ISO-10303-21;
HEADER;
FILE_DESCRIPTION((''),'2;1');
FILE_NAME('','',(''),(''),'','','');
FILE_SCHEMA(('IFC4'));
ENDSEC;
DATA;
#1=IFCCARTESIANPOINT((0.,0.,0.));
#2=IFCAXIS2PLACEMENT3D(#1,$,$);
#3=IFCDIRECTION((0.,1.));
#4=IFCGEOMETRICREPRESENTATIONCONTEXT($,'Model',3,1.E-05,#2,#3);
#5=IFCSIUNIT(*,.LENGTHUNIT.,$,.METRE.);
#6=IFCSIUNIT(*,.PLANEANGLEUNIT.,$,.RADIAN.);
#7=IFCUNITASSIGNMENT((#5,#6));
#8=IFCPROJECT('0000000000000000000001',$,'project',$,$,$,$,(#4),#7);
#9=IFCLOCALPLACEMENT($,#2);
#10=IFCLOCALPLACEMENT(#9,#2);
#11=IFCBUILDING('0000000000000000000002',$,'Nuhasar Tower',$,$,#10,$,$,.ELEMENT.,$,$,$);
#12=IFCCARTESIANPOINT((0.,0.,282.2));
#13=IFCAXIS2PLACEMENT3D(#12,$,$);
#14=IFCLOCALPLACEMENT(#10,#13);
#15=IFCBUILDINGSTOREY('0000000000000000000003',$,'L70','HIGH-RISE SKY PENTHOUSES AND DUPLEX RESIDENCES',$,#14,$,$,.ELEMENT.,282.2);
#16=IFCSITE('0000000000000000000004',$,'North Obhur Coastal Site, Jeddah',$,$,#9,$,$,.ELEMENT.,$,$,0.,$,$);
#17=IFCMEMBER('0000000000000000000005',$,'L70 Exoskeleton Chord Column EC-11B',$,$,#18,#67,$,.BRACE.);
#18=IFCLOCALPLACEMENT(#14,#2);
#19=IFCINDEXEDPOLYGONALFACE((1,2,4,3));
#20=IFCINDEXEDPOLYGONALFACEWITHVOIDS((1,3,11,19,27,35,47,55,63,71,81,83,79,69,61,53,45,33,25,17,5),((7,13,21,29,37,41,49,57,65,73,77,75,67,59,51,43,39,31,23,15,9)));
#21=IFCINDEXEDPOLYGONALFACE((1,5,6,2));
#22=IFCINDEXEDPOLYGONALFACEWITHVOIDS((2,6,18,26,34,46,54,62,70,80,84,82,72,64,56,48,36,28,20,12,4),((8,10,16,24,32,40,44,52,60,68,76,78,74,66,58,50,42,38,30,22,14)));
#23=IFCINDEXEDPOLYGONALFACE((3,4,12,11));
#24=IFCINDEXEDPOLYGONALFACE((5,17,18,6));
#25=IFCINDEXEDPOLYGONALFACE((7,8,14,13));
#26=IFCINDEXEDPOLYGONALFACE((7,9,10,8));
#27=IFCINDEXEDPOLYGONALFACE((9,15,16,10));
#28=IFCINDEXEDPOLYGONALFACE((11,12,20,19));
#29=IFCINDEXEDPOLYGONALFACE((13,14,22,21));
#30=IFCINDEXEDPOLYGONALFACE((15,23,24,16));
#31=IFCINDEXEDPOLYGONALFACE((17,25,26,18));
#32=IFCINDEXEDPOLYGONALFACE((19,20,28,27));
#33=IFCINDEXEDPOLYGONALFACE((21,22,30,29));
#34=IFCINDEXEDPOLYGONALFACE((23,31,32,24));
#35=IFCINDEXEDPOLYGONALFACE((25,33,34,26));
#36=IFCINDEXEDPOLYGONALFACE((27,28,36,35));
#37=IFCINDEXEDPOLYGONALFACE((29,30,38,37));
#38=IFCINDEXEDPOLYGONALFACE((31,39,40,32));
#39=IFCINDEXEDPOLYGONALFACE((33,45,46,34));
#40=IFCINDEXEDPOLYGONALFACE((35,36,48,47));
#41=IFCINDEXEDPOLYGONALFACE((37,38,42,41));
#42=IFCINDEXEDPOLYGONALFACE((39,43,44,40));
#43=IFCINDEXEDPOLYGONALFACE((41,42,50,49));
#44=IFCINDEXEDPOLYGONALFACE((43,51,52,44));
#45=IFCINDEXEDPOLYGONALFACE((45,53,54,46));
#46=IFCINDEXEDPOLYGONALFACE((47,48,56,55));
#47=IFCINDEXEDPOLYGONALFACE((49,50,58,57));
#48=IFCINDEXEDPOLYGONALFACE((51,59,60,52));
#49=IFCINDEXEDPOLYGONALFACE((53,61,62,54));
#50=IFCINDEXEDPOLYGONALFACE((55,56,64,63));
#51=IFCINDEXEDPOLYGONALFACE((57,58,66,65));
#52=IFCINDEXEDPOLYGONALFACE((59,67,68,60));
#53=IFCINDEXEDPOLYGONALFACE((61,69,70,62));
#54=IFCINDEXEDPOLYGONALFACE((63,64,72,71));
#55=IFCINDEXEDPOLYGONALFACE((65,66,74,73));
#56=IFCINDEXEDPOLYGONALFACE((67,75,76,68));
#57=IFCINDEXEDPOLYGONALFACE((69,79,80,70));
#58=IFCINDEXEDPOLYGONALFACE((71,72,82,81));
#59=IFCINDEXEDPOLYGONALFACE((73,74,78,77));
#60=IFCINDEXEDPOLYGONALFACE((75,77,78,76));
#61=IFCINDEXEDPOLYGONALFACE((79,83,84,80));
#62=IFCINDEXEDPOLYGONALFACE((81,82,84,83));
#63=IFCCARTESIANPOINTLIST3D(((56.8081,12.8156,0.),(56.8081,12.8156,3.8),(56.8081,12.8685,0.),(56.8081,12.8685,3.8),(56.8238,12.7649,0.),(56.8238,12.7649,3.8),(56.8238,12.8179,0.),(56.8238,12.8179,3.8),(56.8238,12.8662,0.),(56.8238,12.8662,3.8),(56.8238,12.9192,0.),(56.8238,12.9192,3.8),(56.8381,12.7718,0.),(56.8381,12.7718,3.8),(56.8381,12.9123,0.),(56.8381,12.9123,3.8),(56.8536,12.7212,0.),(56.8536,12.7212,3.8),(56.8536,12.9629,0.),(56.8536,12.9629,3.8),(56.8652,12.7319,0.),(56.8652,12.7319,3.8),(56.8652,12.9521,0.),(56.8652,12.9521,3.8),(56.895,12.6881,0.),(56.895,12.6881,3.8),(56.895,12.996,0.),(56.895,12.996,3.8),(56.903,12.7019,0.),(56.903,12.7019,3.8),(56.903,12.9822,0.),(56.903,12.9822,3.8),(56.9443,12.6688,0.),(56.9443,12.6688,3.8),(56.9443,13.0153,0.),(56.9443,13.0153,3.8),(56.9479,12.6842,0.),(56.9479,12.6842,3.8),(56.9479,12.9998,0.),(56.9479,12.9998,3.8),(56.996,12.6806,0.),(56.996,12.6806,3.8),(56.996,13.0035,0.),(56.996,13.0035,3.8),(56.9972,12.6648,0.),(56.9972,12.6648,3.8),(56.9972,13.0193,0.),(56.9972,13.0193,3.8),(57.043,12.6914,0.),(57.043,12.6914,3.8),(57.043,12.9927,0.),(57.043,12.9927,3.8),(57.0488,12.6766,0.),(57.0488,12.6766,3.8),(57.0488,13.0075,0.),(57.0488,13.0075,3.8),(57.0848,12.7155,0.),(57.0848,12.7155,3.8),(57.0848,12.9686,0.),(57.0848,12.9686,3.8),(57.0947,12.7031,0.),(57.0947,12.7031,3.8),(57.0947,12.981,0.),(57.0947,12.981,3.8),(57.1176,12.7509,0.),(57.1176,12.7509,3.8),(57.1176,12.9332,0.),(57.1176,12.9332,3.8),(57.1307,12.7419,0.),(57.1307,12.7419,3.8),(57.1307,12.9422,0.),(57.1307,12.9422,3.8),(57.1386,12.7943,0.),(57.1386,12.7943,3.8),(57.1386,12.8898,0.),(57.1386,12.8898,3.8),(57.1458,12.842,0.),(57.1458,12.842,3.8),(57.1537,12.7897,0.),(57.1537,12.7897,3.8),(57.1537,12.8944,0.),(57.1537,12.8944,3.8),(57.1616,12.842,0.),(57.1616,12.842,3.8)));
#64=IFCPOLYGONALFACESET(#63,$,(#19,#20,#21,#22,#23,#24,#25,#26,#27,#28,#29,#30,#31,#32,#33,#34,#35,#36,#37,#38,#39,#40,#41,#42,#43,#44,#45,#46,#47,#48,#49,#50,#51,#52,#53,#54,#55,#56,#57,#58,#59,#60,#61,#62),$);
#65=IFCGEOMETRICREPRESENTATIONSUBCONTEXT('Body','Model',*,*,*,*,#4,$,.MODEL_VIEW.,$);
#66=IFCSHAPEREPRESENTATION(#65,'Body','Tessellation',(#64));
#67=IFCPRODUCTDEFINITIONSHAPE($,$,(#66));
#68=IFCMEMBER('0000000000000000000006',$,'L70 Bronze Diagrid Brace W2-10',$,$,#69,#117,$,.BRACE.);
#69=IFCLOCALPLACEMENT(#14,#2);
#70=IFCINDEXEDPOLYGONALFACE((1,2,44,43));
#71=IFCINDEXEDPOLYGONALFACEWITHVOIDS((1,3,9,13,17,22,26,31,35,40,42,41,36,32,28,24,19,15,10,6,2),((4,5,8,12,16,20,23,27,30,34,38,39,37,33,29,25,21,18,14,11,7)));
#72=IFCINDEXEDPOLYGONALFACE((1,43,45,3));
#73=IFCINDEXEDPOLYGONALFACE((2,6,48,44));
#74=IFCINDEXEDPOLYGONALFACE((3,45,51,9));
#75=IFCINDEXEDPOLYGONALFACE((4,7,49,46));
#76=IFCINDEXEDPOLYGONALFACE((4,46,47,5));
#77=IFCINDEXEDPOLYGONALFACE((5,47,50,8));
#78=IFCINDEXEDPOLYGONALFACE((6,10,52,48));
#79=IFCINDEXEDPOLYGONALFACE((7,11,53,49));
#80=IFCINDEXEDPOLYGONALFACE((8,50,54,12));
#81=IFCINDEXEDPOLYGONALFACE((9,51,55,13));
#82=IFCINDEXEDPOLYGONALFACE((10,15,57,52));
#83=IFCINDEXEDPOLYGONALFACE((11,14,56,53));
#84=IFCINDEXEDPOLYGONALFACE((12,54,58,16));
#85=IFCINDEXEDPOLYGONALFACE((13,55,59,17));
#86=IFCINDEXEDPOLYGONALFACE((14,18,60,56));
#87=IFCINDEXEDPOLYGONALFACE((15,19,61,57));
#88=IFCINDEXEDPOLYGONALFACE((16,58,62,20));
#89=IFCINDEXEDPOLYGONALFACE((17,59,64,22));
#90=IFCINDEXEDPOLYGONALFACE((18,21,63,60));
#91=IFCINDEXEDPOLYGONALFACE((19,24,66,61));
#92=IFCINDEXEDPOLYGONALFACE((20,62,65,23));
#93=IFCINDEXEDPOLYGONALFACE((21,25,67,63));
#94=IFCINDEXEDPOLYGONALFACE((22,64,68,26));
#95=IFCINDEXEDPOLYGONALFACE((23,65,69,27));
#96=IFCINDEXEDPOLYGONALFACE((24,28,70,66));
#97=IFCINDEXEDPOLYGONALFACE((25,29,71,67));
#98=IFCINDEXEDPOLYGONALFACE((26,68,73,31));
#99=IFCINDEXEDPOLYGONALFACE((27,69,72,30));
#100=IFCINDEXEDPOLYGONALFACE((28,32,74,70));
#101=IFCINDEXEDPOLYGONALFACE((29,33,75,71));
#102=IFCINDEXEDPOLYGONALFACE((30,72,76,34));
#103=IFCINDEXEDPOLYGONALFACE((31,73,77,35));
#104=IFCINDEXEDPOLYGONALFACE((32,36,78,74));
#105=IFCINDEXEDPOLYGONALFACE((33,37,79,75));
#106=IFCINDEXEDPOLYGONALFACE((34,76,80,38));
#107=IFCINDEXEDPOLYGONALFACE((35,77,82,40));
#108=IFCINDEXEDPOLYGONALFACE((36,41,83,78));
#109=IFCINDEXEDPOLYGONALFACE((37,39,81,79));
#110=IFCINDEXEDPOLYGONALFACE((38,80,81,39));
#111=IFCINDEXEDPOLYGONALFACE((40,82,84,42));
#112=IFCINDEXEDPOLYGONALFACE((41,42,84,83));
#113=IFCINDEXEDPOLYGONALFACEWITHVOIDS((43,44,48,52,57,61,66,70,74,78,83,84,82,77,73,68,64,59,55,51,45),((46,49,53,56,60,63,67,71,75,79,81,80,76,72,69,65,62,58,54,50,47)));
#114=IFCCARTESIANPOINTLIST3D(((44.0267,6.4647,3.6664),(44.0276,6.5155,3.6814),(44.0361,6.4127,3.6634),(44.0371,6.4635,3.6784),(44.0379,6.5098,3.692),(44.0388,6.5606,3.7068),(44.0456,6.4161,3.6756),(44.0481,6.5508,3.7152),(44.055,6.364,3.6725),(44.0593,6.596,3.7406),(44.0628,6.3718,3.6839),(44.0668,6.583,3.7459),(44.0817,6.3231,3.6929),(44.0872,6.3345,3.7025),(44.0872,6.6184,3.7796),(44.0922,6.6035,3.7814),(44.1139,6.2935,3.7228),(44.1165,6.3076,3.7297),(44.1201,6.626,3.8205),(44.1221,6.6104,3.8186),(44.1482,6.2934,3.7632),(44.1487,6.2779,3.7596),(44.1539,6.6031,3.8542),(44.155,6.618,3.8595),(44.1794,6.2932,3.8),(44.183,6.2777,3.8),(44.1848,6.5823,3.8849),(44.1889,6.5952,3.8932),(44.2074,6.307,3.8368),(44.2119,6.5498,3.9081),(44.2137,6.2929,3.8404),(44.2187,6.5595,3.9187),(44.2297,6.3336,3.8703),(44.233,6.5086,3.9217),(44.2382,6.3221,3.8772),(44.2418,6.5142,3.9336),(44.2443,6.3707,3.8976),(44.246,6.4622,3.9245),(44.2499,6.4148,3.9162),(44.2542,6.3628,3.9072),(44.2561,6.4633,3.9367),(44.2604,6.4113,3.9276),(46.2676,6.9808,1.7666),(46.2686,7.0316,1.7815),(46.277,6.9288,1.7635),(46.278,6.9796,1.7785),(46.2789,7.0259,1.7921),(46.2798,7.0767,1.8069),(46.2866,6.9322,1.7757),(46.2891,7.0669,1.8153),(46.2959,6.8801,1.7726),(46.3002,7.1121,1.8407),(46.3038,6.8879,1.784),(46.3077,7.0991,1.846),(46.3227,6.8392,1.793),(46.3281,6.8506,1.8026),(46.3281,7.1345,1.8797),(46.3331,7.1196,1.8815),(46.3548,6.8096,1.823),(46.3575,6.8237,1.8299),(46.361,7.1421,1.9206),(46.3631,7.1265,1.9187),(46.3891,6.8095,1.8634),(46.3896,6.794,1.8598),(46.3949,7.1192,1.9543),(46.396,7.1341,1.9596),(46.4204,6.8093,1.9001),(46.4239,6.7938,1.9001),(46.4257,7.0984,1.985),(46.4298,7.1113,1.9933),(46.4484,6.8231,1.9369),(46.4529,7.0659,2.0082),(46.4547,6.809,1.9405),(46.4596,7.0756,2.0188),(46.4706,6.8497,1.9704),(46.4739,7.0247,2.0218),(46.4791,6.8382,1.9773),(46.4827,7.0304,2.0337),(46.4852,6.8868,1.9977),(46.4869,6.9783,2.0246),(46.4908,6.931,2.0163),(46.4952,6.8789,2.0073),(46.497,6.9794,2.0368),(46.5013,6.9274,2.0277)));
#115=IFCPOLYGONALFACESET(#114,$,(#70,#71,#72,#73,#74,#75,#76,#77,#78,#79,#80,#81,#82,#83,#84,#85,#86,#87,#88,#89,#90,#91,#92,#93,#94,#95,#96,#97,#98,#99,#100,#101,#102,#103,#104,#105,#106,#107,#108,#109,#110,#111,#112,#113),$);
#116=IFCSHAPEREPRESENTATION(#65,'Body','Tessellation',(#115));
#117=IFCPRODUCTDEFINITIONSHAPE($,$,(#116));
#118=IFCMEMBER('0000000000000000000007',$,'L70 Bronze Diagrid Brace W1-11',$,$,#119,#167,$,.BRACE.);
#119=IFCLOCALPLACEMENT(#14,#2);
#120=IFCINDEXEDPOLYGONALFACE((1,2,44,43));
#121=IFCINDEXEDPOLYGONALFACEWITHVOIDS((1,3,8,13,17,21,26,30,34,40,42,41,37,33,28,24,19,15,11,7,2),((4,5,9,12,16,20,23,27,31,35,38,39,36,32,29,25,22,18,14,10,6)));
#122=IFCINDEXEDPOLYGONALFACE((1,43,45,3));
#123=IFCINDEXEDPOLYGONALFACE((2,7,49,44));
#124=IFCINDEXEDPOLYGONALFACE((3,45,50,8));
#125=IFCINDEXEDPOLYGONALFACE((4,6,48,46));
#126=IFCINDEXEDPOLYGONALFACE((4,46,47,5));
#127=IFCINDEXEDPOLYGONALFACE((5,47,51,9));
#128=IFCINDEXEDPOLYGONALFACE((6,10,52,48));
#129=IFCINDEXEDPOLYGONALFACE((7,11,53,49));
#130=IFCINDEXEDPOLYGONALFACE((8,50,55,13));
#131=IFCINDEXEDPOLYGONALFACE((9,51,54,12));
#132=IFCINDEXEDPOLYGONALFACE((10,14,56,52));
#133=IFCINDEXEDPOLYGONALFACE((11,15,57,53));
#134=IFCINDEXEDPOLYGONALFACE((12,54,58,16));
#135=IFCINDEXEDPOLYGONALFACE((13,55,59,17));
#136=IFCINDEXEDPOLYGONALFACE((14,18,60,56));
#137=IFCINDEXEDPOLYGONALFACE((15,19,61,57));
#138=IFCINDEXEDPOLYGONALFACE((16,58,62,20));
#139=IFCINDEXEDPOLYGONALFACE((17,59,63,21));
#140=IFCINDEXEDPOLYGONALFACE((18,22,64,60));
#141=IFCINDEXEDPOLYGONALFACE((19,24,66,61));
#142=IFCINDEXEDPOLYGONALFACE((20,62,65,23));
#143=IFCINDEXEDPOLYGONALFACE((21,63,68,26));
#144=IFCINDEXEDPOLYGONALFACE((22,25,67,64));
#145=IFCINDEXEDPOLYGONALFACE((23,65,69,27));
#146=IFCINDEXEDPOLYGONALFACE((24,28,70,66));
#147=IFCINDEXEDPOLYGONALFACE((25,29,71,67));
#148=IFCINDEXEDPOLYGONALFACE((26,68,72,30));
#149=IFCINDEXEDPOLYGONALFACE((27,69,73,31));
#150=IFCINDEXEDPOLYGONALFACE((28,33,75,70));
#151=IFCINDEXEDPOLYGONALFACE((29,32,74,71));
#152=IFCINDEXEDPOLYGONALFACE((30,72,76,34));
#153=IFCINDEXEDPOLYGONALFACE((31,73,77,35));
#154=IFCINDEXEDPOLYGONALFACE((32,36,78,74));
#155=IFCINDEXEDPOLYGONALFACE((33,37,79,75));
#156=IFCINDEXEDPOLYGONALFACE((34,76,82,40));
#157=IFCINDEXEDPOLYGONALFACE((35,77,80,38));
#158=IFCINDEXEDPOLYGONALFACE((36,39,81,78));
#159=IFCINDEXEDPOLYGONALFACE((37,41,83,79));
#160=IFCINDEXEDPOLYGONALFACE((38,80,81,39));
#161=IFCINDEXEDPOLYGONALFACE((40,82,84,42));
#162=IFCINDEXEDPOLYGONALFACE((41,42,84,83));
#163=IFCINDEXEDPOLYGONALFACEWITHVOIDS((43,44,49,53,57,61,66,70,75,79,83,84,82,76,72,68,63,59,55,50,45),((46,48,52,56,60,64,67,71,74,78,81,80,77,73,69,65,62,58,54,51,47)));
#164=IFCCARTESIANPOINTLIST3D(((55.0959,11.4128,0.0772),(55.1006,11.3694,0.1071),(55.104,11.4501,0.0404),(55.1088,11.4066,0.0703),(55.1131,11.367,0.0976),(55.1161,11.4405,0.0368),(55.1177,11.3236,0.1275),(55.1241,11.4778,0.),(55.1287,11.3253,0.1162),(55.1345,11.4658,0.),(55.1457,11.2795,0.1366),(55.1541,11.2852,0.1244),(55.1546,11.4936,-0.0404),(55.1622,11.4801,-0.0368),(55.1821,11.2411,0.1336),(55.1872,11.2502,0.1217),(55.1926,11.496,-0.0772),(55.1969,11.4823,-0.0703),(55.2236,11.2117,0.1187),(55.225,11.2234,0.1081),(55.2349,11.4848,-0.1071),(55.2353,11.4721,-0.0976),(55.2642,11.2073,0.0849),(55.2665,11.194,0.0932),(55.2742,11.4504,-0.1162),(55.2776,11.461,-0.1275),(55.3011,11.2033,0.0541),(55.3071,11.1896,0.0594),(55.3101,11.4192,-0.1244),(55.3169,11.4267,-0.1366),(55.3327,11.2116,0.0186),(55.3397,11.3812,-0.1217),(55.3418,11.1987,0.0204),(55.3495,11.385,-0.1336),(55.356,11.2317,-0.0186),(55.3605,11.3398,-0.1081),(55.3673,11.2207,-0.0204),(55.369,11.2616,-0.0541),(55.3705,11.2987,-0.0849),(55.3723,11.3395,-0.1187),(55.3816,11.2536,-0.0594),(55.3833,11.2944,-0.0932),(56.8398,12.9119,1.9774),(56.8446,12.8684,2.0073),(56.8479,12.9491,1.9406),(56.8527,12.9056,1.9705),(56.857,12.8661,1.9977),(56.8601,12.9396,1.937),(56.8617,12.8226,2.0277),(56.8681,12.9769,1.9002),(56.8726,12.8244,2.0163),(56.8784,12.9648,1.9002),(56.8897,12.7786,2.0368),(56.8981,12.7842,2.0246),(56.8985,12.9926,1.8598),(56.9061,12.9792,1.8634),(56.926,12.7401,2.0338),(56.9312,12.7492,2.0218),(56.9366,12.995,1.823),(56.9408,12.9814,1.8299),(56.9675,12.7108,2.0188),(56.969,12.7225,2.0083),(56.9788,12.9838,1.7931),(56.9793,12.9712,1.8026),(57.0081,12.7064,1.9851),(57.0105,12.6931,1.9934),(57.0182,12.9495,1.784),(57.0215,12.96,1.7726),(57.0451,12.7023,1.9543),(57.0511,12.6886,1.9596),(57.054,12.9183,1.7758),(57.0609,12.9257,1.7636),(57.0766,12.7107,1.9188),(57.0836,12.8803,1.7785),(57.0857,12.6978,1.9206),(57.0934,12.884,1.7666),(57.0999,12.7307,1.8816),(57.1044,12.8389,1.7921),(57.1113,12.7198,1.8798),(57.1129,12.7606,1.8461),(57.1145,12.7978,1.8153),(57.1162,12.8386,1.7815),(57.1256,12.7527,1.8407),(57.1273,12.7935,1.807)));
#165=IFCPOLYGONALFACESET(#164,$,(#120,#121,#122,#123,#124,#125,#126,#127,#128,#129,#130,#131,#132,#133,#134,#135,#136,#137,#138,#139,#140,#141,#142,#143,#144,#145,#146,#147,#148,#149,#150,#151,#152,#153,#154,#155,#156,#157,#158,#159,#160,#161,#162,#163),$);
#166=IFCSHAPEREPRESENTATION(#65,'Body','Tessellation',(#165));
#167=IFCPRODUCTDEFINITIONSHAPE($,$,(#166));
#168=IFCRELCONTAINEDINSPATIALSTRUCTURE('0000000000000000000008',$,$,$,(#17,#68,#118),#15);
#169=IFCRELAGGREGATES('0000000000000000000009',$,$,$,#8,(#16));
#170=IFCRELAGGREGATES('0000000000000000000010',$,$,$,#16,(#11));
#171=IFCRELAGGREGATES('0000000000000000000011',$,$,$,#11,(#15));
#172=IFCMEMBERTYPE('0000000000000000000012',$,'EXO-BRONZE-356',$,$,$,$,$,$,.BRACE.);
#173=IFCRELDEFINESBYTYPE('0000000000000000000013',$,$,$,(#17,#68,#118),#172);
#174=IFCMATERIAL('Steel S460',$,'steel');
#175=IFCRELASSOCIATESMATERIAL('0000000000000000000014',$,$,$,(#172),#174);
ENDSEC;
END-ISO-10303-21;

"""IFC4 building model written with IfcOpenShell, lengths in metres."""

from ifc_helpers import new_model, si_unit, direction, frame, origin, origin_2d, place, context, subcontext, project, spatial, hollow_circle, extrude, material, material_profile, profile_set, type_object, element, save


model = new_model("IFC4")

# Units and contexts
model_context = context("Model", 3, precision=1e-05, world=origin(), true_north=direction((0.0, 1.0)))
body_context = subcontext(model_context, "Body", "Model", "MODEL_VIEW")
ifc_project = project(units=[si_unit("LENGTHUNIT", "METRE"), si_unit("PLANEANGLEUNIT", "RADIAN")], contexts=[model_context])

# Site, building, storey
site_placement = place(None, origin())
site = spatial("IfcSite", under=ifc_project, at=site_placement, Name="North Obhur Coastal Site, Jeddah", CompositionType="ELEMENT", RefElevation=0.0)
building_placement = place(site_placement, origin())
building = spatial("IfcBuilding", under=site, at=building_placement, Name="Nuhasar Tower", CompositionType="ELEMENT")
storey_placement = place(building_placement, frame((0.0, 0.0, 282.2)))
storey = spatial("IfcBuildingStorey", under=building, at=storey_placement, Name="L70", Description="HIGH-RISE SKY PENTHOUSES AND DUPLEX RESIDENCES", CompositionType="ELEMENT", Elevation=282.2)

# Members
ifc_material_1 = material(Name="Steel S460", Category="steel")
ifc_material_profile_1 = material_profile(ifc_material_1, hollow_circle(Radius=0.1777, WallThickness=0.0159, at=origin_2d()), Name="HSS355.6X15.9")
ifc_profile_set_1 = profile_set([ifc_material_profile_1], Name="Steel S460")
member_type_1 = type_object("IfcMemberType", Name="EXO-BRONZE-356", PredefinedType="BRACE", material=ifc_profile_set_1)
for number, where, z_axis, x_axis, name in (
    (1, (56.9839, 12.842, 0.0), (0.0, 0.0, 1.0), (1.0, 0.0, 0.0), "L70 Exoskeleton Chord Column EC-11B"),
):
    element("IfcMember", number, at=place(storey_placement, frame(where, z_axis=z_axis, x_axis=x_axis)), inside=storey, type_object=member_type_1, Name=name, PredefinedType="BRACE", context=body_context, shape_type="SweptSolid", body=[
        extrude(hollow_circle(Radius=0.1777, WallThickness=0.0159, at=origin_2d()), origin(), (0.0, 0.0, 1.0), 3.8),
    ])
member_1_placement = place(storey_placement, frame((46.384, 6.967, 1.9001), z_axis=(-0.751261, -0.173022, 0.636923), x_axis=(0.224433, -0.97449, 0.0)))
element("IfcMember", 2, at=member_1_placement, inside=storey, type_object=member_type_1, Name="L70 Bronze Diagrid Brace W2-10", PredefinedType="BRACE", context=body_context, shape_type="SweptSolid", body=[
    extrude(hollow_circle(Radius=0.1777, WallThickness=0.0159, at=origin_2d()), origin(), (0.0, 0.0, 1.0), 2.9829),
])
member_2_placement = place(storey_placement, frame((55.24, 11.343, 0.0), z_axis=(0.584595, 0.502508, 0.636973), x_axis=(-0.651857, 0.758342, 0.0)))
element("IfcMember", 3, at=member_2_placement, inside=storey, type_object=member_type_1, Name="L70 Bronze Diagrid Brace W1-11", PredefinedType="BRACE", context=body_context, shape_type="SweptSolid", body=[
    extrude(hollow_circle(Radius=0.1777, WallThickness=0.0159, at=origin_2d()), origin(), (0.0, 0.0, 1.0), 2.9832),
])

save(model, "model.ifc")
